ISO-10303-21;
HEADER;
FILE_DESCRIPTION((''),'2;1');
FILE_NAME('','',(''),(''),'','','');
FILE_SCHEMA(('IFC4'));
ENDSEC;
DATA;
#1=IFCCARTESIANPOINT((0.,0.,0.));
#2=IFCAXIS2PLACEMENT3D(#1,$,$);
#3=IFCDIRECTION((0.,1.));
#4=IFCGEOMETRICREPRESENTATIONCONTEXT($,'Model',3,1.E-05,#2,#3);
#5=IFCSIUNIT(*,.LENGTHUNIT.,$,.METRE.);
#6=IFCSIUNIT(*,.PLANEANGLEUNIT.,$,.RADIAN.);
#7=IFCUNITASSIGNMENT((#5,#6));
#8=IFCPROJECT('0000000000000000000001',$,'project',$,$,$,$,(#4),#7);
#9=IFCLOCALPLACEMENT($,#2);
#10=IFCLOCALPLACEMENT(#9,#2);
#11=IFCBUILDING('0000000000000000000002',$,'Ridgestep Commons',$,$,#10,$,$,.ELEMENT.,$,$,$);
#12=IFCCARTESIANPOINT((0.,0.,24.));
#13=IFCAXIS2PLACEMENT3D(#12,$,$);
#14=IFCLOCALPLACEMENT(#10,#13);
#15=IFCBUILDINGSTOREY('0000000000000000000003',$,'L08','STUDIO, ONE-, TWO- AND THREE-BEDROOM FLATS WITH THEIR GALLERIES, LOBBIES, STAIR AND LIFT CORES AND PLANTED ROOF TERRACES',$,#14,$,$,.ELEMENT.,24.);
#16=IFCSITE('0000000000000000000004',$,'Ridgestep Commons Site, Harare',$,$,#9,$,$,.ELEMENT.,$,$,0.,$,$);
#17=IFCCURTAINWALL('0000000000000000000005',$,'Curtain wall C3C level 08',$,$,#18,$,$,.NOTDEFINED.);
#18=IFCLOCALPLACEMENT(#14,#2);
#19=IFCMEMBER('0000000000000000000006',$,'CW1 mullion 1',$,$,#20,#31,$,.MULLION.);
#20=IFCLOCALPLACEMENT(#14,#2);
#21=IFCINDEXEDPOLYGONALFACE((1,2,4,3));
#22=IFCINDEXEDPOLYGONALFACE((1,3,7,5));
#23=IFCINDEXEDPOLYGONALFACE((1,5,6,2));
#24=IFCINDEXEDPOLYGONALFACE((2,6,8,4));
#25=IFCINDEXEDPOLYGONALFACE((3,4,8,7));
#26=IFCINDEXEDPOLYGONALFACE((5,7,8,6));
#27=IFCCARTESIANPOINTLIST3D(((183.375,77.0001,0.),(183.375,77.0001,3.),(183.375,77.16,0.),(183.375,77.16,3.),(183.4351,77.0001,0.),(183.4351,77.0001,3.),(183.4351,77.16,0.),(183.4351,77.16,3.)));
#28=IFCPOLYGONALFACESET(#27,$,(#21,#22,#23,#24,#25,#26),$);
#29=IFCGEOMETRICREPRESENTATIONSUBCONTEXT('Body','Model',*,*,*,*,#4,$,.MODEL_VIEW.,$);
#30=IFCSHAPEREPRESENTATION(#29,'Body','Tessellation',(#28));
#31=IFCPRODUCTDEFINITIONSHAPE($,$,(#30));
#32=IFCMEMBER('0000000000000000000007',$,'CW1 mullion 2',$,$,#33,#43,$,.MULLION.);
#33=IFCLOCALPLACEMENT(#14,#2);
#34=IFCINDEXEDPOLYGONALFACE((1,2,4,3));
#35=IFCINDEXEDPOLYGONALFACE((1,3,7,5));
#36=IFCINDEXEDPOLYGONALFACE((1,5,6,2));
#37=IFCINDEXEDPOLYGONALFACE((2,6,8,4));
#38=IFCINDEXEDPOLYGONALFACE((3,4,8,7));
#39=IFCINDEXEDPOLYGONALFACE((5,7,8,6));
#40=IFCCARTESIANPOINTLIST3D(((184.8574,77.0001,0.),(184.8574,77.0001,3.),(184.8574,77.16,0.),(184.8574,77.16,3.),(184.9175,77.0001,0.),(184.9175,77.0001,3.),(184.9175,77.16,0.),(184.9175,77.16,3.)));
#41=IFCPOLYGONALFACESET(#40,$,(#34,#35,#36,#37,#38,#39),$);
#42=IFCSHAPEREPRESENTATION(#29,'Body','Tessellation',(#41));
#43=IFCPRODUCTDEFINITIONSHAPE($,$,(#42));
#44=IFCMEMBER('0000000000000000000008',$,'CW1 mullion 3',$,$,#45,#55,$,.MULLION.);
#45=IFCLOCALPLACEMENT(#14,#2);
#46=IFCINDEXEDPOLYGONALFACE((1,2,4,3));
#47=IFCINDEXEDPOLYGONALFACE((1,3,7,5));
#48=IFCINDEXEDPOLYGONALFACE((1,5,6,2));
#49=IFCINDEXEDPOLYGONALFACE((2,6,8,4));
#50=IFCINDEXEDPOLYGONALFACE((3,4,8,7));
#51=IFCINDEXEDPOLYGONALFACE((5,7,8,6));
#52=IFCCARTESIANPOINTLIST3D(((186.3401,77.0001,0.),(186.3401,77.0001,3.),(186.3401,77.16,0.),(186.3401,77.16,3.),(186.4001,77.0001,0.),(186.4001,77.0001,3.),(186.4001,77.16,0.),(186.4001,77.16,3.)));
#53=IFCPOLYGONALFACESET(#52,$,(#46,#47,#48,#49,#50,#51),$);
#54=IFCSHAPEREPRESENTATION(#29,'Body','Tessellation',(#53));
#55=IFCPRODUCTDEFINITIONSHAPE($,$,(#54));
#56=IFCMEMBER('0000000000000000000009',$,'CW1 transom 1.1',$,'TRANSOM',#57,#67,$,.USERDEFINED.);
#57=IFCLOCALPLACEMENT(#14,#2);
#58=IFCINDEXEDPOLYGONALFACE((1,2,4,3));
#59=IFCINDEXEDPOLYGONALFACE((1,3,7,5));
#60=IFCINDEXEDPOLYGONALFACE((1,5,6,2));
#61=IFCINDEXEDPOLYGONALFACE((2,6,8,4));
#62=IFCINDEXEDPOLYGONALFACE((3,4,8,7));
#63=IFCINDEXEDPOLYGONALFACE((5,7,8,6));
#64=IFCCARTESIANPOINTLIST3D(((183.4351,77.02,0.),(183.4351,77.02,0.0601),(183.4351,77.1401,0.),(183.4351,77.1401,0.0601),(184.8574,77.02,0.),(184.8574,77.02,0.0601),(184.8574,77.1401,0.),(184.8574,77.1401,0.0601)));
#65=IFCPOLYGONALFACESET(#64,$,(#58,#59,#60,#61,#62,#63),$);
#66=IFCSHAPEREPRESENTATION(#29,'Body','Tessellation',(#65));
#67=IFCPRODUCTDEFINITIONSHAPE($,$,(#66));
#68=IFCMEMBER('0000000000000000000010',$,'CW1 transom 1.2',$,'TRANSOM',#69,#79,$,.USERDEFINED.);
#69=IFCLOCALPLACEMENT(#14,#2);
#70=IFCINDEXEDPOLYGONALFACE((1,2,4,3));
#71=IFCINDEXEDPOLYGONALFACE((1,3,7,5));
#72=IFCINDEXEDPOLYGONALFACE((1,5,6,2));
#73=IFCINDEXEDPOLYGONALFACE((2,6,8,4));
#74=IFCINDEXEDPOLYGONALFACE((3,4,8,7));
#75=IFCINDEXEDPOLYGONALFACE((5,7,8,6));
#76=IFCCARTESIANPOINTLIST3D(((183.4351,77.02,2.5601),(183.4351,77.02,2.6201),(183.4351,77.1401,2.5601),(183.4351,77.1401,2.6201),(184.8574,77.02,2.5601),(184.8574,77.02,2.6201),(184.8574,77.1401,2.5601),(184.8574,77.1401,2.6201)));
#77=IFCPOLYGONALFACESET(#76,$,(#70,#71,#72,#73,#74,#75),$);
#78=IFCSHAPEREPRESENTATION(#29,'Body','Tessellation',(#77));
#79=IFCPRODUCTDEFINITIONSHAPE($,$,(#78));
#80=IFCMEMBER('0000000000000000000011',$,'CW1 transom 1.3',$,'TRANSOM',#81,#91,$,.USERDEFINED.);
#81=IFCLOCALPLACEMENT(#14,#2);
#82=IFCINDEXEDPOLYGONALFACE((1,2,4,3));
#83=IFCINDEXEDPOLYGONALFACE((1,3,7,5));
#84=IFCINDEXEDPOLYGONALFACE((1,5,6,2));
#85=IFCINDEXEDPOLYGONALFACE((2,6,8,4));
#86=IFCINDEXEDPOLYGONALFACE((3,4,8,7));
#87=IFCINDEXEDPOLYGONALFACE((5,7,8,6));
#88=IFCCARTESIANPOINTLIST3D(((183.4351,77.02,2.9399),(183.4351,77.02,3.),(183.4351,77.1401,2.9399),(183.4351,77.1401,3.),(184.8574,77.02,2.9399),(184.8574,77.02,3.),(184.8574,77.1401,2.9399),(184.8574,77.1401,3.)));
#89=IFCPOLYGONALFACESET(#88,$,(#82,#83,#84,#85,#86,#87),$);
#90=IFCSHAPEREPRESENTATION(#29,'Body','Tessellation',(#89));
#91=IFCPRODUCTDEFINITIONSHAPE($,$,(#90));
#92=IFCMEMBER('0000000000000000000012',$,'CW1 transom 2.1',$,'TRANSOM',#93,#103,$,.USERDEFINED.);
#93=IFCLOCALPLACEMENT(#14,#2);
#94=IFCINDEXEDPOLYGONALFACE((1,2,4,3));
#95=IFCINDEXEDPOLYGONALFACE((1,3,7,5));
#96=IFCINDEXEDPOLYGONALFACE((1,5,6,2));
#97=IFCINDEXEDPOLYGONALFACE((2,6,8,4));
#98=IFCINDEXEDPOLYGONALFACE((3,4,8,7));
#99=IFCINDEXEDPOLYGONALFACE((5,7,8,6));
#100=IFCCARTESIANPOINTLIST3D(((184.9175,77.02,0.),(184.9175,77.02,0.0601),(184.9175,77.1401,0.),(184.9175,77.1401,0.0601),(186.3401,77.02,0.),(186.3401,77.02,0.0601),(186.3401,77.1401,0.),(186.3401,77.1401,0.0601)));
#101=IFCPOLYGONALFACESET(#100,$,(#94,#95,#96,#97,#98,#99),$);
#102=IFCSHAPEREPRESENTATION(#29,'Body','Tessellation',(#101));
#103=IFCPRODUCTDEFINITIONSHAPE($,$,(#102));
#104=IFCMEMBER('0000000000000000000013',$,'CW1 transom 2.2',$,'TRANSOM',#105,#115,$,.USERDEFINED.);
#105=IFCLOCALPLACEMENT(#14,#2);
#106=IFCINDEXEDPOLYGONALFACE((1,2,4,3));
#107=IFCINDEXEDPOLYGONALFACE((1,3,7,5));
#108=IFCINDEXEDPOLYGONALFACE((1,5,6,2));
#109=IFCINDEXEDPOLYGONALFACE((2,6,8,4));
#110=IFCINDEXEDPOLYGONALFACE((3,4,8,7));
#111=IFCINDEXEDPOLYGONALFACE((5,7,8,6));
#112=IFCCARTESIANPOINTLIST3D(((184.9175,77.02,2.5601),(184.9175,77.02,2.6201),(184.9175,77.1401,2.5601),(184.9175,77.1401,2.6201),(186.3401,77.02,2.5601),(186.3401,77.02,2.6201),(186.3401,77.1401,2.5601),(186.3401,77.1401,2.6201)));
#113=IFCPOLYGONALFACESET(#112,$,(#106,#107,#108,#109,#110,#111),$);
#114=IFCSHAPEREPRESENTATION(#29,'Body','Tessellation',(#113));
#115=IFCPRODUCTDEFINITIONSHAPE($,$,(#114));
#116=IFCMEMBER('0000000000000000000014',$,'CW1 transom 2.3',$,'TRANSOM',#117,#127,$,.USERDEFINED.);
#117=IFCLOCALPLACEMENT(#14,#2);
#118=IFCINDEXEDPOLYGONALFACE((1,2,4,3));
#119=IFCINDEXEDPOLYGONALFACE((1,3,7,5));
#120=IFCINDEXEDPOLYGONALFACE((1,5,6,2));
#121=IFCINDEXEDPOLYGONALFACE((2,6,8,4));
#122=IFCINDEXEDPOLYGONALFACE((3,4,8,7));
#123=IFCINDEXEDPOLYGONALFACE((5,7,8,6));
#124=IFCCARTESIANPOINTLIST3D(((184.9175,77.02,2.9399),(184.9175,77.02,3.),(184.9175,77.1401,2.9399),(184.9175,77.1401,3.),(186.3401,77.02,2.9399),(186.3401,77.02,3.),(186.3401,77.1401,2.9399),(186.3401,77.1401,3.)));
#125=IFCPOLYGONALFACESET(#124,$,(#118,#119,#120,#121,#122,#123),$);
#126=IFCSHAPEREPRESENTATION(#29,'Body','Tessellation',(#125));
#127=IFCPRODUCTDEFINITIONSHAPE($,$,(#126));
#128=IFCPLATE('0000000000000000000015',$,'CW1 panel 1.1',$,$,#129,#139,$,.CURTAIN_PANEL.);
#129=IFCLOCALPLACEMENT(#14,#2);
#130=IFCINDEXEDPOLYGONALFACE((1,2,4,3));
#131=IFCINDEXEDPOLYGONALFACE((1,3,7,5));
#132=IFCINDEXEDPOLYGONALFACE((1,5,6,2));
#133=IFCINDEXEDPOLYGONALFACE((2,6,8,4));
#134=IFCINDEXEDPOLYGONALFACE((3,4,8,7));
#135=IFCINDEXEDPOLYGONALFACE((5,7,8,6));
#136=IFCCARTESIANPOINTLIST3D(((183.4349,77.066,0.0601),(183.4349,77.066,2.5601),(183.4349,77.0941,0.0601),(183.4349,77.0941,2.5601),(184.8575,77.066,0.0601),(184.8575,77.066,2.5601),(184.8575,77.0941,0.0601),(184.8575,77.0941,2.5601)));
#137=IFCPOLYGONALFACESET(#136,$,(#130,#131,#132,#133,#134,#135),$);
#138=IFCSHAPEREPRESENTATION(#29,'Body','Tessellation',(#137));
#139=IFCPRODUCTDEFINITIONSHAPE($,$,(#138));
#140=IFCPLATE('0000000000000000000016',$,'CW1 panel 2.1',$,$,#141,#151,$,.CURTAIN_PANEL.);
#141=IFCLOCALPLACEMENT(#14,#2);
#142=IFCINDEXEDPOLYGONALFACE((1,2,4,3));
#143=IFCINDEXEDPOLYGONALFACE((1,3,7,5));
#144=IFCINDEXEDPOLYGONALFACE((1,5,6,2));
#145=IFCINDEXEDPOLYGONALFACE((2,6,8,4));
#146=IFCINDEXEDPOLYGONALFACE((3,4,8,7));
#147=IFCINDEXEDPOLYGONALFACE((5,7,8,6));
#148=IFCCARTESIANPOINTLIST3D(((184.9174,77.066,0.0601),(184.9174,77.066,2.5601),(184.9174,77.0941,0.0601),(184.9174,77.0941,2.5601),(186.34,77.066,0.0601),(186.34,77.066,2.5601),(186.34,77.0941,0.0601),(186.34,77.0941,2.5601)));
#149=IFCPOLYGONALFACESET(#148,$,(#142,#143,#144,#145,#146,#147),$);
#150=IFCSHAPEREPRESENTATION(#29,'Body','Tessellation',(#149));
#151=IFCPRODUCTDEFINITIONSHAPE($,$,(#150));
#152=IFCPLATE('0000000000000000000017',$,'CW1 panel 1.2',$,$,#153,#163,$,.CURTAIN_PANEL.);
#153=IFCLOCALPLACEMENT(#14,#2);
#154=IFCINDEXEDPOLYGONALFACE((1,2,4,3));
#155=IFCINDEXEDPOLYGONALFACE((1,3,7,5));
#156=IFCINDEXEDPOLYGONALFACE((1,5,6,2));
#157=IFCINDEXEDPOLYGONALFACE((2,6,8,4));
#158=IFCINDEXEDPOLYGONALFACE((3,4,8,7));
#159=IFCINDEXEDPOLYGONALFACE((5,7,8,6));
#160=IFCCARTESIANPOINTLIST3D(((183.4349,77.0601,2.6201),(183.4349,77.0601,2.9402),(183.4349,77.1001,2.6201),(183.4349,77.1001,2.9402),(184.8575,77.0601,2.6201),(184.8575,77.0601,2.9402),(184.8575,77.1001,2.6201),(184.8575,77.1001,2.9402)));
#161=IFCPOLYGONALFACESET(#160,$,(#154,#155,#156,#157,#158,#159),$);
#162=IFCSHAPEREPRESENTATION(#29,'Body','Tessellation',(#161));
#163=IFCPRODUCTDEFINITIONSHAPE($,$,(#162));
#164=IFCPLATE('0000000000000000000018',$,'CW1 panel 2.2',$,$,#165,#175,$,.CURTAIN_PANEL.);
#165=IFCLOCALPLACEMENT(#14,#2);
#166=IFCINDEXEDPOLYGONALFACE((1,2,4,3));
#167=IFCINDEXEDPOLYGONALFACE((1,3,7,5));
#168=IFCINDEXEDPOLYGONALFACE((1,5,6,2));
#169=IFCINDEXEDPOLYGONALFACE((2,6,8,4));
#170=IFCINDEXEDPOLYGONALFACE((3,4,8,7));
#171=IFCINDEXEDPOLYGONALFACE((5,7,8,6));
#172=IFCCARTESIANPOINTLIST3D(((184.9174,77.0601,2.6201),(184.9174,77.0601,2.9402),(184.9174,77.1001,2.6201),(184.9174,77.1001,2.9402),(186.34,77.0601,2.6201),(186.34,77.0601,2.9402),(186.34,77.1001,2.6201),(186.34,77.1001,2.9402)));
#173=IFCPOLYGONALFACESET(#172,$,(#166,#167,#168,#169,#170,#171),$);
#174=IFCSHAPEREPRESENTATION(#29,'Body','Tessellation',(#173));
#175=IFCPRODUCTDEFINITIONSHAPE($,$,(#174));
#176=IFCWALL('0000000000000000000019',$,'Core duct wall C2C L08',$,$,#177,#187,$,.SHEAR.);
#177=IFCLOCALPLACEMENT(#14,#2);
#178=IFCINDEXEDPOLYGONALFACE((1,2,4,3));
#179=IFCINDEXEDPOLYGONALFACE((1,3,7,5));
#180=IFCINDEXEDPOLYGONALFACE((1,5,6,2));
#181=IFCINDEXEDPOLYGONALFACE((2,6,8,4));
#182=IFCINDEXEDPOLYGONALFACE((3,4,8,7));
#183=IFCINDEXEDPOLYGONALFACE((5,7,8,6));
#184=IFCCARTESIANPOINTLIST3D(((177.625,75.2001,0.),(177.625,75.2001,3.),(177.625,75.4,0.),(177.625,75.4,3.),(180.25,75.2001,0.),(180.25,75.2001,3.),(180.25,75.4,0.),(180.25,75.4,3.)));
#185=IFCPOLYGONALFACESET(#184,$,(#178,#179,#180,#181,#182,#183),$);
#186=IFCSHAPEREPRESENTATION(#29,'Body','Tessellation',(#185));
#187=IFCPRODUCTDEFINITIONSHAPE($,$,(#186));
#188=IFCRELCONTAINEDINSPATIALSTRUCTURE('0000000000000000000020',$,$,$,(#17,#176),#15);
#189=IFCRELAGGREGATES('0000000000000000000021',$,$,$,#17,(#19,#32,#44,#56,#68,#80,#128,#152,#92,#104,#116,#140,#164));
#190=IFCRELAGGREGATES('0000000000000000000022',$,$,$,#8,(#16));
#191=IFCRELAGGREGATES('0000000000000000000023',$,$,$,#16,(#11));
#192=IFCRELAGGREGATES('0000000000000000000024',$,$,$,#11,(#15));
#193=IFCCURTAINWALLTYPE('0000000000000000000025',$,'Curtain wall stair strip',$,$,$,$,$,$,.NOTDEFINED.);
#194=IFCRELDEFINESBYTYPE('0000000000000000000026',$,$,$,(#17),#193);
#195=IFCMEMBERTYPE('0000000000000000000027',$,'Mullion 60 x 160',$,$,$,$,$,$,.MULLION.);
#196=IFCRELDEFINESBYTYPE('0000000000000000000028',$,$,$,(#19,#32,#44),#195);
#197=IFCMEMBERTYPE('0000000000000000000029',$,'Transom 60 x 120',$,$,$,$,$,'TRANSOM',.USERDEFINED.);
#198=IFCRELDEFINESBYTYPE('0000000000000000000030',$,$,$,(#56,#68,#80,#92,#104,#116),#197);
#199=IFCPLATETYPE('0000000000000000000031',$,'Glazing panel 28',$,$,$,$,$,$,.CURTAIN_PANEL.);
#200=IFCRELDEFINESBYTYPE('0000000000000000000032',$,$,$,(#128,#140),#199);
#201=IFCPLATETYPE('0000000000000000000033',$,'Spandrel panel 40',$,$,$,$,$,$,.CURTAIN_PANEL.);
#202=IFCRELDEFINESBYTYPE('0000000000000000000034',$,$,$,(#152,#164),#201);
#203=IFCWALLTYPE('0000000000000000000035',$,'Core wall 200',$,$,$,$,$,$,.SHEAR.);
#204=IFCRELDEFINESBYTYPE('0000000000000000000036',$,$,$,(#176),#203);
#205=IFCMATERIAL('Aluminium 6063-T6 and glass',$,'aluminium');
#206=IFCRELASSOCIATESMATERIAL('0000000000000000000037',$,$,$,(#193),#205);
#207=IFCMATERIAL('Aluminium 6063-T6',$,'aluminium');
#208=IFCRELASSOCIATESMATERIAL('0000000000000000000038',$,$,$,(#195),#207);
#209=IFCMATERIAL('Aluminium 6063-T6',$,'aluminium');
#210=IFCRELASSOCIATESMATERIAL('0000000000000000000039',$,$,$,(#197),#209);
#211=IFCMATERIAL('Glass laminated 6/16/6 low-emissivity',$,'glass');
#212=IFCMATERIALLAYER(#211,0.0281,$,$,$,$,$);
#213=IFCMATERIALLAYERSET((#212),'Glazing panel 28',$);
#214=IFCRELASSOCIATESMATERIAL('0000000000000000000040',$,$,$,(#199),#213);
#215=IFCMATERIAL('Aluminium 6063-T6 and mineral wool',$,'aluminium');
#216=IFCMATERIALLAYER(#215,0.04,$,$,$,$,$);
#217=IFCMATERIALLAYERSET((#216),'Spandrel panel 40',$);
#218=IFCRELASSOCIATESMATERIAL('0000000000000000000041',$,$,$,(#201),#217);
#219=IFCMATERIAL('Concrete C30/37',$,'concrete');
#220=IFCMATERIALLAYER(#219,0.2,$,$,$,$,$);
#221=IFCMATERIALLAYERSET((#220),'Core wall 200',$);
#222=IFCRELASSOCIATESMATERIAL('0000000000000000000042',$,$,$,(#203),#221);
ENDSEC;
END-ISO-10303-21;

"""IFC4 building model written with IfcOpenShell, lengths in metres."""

from ifc_helpers import new_model, si_unit, direction, frame, frame_2d, origin, origin_2d, place, context, subcontext, project, spatial, rectangle, extrude, material, layer, layer_set, material_profile, profile_set, type_object, element, aggregate, save


model = new_model("IFC4")

# Units and contexts
model_context = context("Model", 3, precision=1e-05, world=origin(), true_north=direction((0.0, 1.0)))
body_context = subcontext(model_context, "Body", "Model", "MODEL_VIEW")
ifc_project = project(units=[si_unit("LENGTHUNIT", "METRE"), si_unit("PLANEANGLEUNIT", "RADIAN")], contexts=[model_context])

# Site, building, storey
site_placement = place(None, origin())
site = spatial("IfcSite", under=ifc_project, at=site_placement, Name="Ridgestep Commons Site, Harare", CompositionType="ELEMENT", RefElevation=0.0)
building_placement = place(site_placement, origin())
building = spatial("IfcBuilding", under=site, at=building_placement, Name="Ridgestep Commons", CompositionType="ELEMENT")
storey_placement = place(building_placement, frame((0.0, 0.0, 24.0)))
storey = spatial("IfcBuildingStorey", under=building, at=storey_placement, Name="L08", Description="STUDIO, ONE-, TWO- AND THREE-BEDROOM FLATS WITH THEIR GALLERIES, LOBBIES, STAIR AND LIFT CORES AND PLANTED ROOF TERRACES", CompositionType="ELEMENT", Elevation=24.0)

# Curtain wall, members, plates
ifc_material_1 = material(Name="Aluminium 6063-T6 and glass", Category="aluminium")
curtain_wall_type = type_object("IfcCurtainWallType", Name="Curtain wall stair strip", PredefinedType="NOTDEFINED", material=ifc_material_1)
curtain_wall_placement = place(storey_placement, origin())
curtain_wall = element("IfcCurtainWall", 1, at=curtain_wall_placement, inside=storey, type_object=curtain_wall_type, Name="Curtain wall C3C level 08", PredefinedType="NOTDEFINED")
ifc_material_2 = material(Name="Aluminium 6063-T6", Category="aluminium")
ifc_material_profile_1 = material_profile(ifc_material_2, rectangle(XDim=0.1599, YDim=0.0601, at=origin_2d()), Name="Mullion 60 x 160")
ifc_profile_set_1 = profile_set([ifc_material_profile_1], Name="Aluminium 6063-T6")
member_type_1 = type_object("IfcMemberType", Name="Mullion 60 x 160", PredefinedType="MULLION", material=ifc_profile_set_1)
member_1_placement = place(storey_placement, frame((183.405, 77.0801, 0.0), z_axis=(0.0, 0.0, 1.0), x_axis=(0.0, 1.0, 0.0)))
member_1 = element("IfcMember", 2, at=member_1_placement, type_object=member_type_1, Name="CW1 mullion 1", PredefinedType="MULLION", context=body_context, shape_type="SweptSolid", body=[
    extrude(rectangle(XDim=0.1599, YDim=0.0601, at=origin_2d()), origin(), (0.0, 0.0, 1.0), 3.0),
])
member_2_placement = place(storey_placement, frame((184.8875, 77.0801, 0.0), z_axis=(0.0, 0.0, 1.0), x_axis=(0.0, 1.0, 0.0)))
member_2 = element("IfcMember", 3, at=member_2_placement, type_object=member_type_1, Name="CW1 mullion 2", PredefinedType="MULLION", context=body_context, shape_type="SweptSolid", body=[
    extrude(rectangle(XDim=0.1599, YDim=0.0601, at=origin_2d()), origin(), (0.0, 0.0, 1.0), 3.0),
])
member_3_placement = place(storey_placement, frame((186.3701, 77.0801, 0.0), z_axis=(0.0, 0.0, 1.0), x_axis=(0.0, 1.0, 0.0)))
member_3 = element("IfcMember", 4, at=member_3_placement, type_object=member_type_1, Name="CW1 mullion 3", PredefinedType="MULLION", context=body_context, shape_type="SweptSolid", body=[
    extrude(rectangle(XDim=0.1599, YDim=0.0601, at=origin_2d()), origin(), (0.0, 0.0, 1.0), 3.0),
])
ifc_material_3 = material(Name="Aluminium 6063-T6", Category="aluminium")
ifc_material_profile_2 = material_profile(ifc_material_3, rectangle(XDim=0.1201, YDim=0.0601, at=origin_2d()), Name="Transom 60 x 120")
ifc_profile_set_2 = profile_set([ifc_material_profile_2], Name="Aluminium 6063-T6")
member_type_2 = type_object("IfcMemberType", Name="Transom 60 x 120", ElementType="TRANSOM", PredefinedType="USERDEFINED", material=ifc_profile_set_2)
member_4_placement = place(storey_placement, frame((183.4351, 77.0801, 0.03), z_axis=(1.0, 0.0, 0.0), x_axis=(0.0, 1.0, 0.0)))
member_4 = element("IfcMember", 5, at=member_4_placement, type_object=member_type_2, Name="CW1 transom 1.1", ObjectType="TRANSOM", PredefinedType="USERDEFINED", context=body_context, shape_type="SweptSolid", body=[
    extrude(rectangle(XDim=0.1201, YDim=0.0601, at=origin_2d()), origin(), (0.0, 0.0, 1.0), 1.4224),
])
member_5_placement = place(storey_placement, frame((183.4351, 77.0801, 2.5901), z_axis=(1.0, 0.0, 0.0), x_axis=(0.0, 1.0, 0.0)))
member_5 = element("IfcMember", 6, at=member_5_placement, type_object=member_type_2, Name="CW1 transom 1.2", ObjectType="TRANSOM", PredefinedType="USERDEFINED", context=body_context, shape_type="SweptSolid", body=[
    extrude(rectangle(XDim=0.1201, YDim=0.0601, at=origin_2d()), origin(), (0.0, 0.0, 1.0), 1.4224),
])
member_6_placement = place(storey_placement, frame((183.4351, 77.0801, 2.97), z_axis=(1.0, 0.0, 0.0), x_axis=(0.0, 1.0, 0.0)))
member_6 = element("IfcMember", 7, at=member_6_placement, type_object=member_type_2, Name="CW1 transom 1.3", ObjectType="TRANSOM", PredefinedType="USERDEFINED", context=body_context, shape_type="SweptSolid", body=[
    extrude(rectangle(XDim=0.1201, YDim=0.0601, at=origin_2d()), origin(), (0.0, 0.0, 1.0), 1.4224),
])
member_7_placement = place(storey_placement, frame((184.9175, 77.0801, 0.03), z_axis=(1.0, 0.0, 0.0), x_axis=(0.0, 1.0, 0.0)))
member_7 = element("IfcMember", 8, at=member_7_placement, type_object=member_type_2, Name="CW1 transom 2.1", ObjectType="TRANSOM", PredefinedType="USERDEFINED", context=body_context, shape_type="SweptSolid", body=[
    extrude(rectangle(XDim=0.1201, YDim=0.0601, at=origin_2d()), origin(), (0.0, 0.0, 1.0), 1.4226),
])
member_8_placement = place(storey_placement, frame((184.9175, 77.0801, 2.5901), z_axis=(1.0, 0.0, 0.0), x_axis=(0.0, 1.0, 0.0)))
member_8 = element("IfcMember", 9, at=member_8_placement, type_object=member_type_2, Name="CW1 transom 2.2", ObjectType="TRANSOM", PredefinedType="USERDEFINED", context=body_context, shape_type="SweptSolid", body=[
    extrude(rectangle(XDim=0.1201, YDim=0.0601, at=origin_2d()), origin(), (0.0, 0.0, 1.0), 1.4226),
])
member_9_placement = place(storey_placement, frame((184.9175, 77.0801, 2.97), z_axis=(1.0, 0.0, 0.0), x_axis=(0.0, 1.0, 0.0)))
member_9 = element("IfcMember", 10, at=member_9_placement, type_object=member_type_2, Name="CW1 transom 2.3", ObjectType="TRANSOM", PredefinedType="USERDEFINED", context=body_context, shape_type="SweptSolid", body=[
    extrude(rectangle(XDim=0.1201, YDim=0.0601, at=origin_2d()), origin(), (0.0, 0.0, 1.0), 1.4226),
])
ifc_material_4 = material(Name="Glass laminated 6/16/6 low-emissivity", Category="glass")
ifc_layer_1 = layer(ifc_material_4, 0.0281)
ifc_layer_set_1 = layer_set([ifc_layer_1], Name="Glazing panel 28")
plate_type_1 = type_object("IfcPlateType", Name="Glazing panel 28", PredefinedType="CURTAIN_PANEL", material=ifc_layer_set_1)
plate_1_placement = place(storey_placement, frame((184.1462, 77.0801, 0.0601), z_axis=(0.0, 0.0, 1.0), x_axis=(1.0, 0.0, 0.0)))
plate_1 = element("IfcPlate", 11, at=plate_1_placement, type_object=plate_type_1, Name="CW1 panel 1.1", PredefinedType="CURTAIN_PANEL", context=body_context, shape_type="SweptSolid", body=[
    extrude(rectangle(XDim=1.4226, YDim=0.0281, at=origin_2d()), origin(), (0.0, 0.0, 1.0), 2.5),
])
plate_2_placement = place(storey_placement, frame((185.6287, 77.0801, 0.0601), z_axis=(0.0, 0.0, 1.0), x_axis=(1.0, 0.0, 0.0)))
plate_2 = element("IfcPlate", 12, at=plate_2_placement, type_object=plate_type_1, Name="CW1 panel 2.1", PredefinedType="CURTAIN_PANEL", context=body_context, shape_type="SweptSolid", body=[
    extrude(rectangle(XDim=1.4226, YDim=0.0281, at=origin_2d()), origin(), (0.0, 0.0, 1.0), 2.5),
])
ifc_material_5 = material(Name="Aluminium 6063-T6 and mineral wool", Category="aluminium")
ifc_layer_2 = layer(ifc_material_5, 0.04)
ifc_layer_set_2 = layer_set([ifc_layer_2], Name="Spandrel panel 40")
plate_type_2 = type_object("IfcPlateType", Name="Spandrel panel 40", PredefinedType="CURTAIN_PANEL", material=ifc_layer_set_2)
plate_3_placement = place(storey_placement, frame((184.1462, 77.0801, 2.6201), z_axis=(0.0, 0.0, 1.0), x_axis=(1.0, 0.0, 0.0)))
plate_3 = element("IfcPlate", 13, at=plate_3_placement, type_object=plate_type_2, Name="CW1 panel 1.2", PredefinedType="CURTAIN_PANEL", context=body_context, shape_type="SweptSolid", body=[
    extrude(rectangle(XDim=1.4226, YDim=0.04, at=origin_2d()), origin(), (0.0, 0.0, 1.0), 0.3201),
])
plate_4_placement = place(storey_placement, frame((185.6287, 77.0801, 2.6201), z_axis=(0.0, 0.0, 1.0), x_axis=(1.0, 0.0, 0.0)))
plate_4 = element("IfcPlate", 14, at=plate_4_placement, type_object=plate_type_2, Name="CW1 panel 2.2", PredefinedType="CURTAIN_PANEL", context=body_context, shape_type="SweptSolid", body=[
    extrude(rectangle(XDim=1.4226, YDim=0.04, at=origin_2d()), origin(), (0.0, 0.0, 1.0), 0.3201),
])
aggregate(curtain_wall, [member_1, member_2, member_3, member_4, member_5, member_6, plate_1, plate_3, member_7, member_8, member_9, plate_2, plate_4])

# Wall
ifc_material_6 = material(Name="Concrete C30/37", Category="concrete")
ifc_layer_3 = layer(ifc_material_6, 0.2)
ifc_layer_set_3 = layer_set([ifc_layer_3], Name="Core wall 200")
wall_type_1 = type_object("IfcWallType", Name="Core wall 200", PredefinedType="SHEAR", material=ifc_layer_set_3)
wall_1_placement = place(storey_placement, frame((177.625, 75.3, 0.0), z_axis=(0.0, 0.0, 1.0), x_axis=(1.0, 0.0, 0.0)))
element("IfcWall", 15, at=wall_1_placement, inside=storey, type_object=wall_type_1, Name="Core duct wall C2C L08", PredefinedType="SHEAR", context=body_context, shape_type="SweptSolid", body=[
    extrude(rectangle(XDim=2.625, YDim=0.2, at=frame_2d((1.3125, 0.0))), origin(), (0.0, 0.0, 1.0), 3.0),
])

save(model, "model.ifc")
